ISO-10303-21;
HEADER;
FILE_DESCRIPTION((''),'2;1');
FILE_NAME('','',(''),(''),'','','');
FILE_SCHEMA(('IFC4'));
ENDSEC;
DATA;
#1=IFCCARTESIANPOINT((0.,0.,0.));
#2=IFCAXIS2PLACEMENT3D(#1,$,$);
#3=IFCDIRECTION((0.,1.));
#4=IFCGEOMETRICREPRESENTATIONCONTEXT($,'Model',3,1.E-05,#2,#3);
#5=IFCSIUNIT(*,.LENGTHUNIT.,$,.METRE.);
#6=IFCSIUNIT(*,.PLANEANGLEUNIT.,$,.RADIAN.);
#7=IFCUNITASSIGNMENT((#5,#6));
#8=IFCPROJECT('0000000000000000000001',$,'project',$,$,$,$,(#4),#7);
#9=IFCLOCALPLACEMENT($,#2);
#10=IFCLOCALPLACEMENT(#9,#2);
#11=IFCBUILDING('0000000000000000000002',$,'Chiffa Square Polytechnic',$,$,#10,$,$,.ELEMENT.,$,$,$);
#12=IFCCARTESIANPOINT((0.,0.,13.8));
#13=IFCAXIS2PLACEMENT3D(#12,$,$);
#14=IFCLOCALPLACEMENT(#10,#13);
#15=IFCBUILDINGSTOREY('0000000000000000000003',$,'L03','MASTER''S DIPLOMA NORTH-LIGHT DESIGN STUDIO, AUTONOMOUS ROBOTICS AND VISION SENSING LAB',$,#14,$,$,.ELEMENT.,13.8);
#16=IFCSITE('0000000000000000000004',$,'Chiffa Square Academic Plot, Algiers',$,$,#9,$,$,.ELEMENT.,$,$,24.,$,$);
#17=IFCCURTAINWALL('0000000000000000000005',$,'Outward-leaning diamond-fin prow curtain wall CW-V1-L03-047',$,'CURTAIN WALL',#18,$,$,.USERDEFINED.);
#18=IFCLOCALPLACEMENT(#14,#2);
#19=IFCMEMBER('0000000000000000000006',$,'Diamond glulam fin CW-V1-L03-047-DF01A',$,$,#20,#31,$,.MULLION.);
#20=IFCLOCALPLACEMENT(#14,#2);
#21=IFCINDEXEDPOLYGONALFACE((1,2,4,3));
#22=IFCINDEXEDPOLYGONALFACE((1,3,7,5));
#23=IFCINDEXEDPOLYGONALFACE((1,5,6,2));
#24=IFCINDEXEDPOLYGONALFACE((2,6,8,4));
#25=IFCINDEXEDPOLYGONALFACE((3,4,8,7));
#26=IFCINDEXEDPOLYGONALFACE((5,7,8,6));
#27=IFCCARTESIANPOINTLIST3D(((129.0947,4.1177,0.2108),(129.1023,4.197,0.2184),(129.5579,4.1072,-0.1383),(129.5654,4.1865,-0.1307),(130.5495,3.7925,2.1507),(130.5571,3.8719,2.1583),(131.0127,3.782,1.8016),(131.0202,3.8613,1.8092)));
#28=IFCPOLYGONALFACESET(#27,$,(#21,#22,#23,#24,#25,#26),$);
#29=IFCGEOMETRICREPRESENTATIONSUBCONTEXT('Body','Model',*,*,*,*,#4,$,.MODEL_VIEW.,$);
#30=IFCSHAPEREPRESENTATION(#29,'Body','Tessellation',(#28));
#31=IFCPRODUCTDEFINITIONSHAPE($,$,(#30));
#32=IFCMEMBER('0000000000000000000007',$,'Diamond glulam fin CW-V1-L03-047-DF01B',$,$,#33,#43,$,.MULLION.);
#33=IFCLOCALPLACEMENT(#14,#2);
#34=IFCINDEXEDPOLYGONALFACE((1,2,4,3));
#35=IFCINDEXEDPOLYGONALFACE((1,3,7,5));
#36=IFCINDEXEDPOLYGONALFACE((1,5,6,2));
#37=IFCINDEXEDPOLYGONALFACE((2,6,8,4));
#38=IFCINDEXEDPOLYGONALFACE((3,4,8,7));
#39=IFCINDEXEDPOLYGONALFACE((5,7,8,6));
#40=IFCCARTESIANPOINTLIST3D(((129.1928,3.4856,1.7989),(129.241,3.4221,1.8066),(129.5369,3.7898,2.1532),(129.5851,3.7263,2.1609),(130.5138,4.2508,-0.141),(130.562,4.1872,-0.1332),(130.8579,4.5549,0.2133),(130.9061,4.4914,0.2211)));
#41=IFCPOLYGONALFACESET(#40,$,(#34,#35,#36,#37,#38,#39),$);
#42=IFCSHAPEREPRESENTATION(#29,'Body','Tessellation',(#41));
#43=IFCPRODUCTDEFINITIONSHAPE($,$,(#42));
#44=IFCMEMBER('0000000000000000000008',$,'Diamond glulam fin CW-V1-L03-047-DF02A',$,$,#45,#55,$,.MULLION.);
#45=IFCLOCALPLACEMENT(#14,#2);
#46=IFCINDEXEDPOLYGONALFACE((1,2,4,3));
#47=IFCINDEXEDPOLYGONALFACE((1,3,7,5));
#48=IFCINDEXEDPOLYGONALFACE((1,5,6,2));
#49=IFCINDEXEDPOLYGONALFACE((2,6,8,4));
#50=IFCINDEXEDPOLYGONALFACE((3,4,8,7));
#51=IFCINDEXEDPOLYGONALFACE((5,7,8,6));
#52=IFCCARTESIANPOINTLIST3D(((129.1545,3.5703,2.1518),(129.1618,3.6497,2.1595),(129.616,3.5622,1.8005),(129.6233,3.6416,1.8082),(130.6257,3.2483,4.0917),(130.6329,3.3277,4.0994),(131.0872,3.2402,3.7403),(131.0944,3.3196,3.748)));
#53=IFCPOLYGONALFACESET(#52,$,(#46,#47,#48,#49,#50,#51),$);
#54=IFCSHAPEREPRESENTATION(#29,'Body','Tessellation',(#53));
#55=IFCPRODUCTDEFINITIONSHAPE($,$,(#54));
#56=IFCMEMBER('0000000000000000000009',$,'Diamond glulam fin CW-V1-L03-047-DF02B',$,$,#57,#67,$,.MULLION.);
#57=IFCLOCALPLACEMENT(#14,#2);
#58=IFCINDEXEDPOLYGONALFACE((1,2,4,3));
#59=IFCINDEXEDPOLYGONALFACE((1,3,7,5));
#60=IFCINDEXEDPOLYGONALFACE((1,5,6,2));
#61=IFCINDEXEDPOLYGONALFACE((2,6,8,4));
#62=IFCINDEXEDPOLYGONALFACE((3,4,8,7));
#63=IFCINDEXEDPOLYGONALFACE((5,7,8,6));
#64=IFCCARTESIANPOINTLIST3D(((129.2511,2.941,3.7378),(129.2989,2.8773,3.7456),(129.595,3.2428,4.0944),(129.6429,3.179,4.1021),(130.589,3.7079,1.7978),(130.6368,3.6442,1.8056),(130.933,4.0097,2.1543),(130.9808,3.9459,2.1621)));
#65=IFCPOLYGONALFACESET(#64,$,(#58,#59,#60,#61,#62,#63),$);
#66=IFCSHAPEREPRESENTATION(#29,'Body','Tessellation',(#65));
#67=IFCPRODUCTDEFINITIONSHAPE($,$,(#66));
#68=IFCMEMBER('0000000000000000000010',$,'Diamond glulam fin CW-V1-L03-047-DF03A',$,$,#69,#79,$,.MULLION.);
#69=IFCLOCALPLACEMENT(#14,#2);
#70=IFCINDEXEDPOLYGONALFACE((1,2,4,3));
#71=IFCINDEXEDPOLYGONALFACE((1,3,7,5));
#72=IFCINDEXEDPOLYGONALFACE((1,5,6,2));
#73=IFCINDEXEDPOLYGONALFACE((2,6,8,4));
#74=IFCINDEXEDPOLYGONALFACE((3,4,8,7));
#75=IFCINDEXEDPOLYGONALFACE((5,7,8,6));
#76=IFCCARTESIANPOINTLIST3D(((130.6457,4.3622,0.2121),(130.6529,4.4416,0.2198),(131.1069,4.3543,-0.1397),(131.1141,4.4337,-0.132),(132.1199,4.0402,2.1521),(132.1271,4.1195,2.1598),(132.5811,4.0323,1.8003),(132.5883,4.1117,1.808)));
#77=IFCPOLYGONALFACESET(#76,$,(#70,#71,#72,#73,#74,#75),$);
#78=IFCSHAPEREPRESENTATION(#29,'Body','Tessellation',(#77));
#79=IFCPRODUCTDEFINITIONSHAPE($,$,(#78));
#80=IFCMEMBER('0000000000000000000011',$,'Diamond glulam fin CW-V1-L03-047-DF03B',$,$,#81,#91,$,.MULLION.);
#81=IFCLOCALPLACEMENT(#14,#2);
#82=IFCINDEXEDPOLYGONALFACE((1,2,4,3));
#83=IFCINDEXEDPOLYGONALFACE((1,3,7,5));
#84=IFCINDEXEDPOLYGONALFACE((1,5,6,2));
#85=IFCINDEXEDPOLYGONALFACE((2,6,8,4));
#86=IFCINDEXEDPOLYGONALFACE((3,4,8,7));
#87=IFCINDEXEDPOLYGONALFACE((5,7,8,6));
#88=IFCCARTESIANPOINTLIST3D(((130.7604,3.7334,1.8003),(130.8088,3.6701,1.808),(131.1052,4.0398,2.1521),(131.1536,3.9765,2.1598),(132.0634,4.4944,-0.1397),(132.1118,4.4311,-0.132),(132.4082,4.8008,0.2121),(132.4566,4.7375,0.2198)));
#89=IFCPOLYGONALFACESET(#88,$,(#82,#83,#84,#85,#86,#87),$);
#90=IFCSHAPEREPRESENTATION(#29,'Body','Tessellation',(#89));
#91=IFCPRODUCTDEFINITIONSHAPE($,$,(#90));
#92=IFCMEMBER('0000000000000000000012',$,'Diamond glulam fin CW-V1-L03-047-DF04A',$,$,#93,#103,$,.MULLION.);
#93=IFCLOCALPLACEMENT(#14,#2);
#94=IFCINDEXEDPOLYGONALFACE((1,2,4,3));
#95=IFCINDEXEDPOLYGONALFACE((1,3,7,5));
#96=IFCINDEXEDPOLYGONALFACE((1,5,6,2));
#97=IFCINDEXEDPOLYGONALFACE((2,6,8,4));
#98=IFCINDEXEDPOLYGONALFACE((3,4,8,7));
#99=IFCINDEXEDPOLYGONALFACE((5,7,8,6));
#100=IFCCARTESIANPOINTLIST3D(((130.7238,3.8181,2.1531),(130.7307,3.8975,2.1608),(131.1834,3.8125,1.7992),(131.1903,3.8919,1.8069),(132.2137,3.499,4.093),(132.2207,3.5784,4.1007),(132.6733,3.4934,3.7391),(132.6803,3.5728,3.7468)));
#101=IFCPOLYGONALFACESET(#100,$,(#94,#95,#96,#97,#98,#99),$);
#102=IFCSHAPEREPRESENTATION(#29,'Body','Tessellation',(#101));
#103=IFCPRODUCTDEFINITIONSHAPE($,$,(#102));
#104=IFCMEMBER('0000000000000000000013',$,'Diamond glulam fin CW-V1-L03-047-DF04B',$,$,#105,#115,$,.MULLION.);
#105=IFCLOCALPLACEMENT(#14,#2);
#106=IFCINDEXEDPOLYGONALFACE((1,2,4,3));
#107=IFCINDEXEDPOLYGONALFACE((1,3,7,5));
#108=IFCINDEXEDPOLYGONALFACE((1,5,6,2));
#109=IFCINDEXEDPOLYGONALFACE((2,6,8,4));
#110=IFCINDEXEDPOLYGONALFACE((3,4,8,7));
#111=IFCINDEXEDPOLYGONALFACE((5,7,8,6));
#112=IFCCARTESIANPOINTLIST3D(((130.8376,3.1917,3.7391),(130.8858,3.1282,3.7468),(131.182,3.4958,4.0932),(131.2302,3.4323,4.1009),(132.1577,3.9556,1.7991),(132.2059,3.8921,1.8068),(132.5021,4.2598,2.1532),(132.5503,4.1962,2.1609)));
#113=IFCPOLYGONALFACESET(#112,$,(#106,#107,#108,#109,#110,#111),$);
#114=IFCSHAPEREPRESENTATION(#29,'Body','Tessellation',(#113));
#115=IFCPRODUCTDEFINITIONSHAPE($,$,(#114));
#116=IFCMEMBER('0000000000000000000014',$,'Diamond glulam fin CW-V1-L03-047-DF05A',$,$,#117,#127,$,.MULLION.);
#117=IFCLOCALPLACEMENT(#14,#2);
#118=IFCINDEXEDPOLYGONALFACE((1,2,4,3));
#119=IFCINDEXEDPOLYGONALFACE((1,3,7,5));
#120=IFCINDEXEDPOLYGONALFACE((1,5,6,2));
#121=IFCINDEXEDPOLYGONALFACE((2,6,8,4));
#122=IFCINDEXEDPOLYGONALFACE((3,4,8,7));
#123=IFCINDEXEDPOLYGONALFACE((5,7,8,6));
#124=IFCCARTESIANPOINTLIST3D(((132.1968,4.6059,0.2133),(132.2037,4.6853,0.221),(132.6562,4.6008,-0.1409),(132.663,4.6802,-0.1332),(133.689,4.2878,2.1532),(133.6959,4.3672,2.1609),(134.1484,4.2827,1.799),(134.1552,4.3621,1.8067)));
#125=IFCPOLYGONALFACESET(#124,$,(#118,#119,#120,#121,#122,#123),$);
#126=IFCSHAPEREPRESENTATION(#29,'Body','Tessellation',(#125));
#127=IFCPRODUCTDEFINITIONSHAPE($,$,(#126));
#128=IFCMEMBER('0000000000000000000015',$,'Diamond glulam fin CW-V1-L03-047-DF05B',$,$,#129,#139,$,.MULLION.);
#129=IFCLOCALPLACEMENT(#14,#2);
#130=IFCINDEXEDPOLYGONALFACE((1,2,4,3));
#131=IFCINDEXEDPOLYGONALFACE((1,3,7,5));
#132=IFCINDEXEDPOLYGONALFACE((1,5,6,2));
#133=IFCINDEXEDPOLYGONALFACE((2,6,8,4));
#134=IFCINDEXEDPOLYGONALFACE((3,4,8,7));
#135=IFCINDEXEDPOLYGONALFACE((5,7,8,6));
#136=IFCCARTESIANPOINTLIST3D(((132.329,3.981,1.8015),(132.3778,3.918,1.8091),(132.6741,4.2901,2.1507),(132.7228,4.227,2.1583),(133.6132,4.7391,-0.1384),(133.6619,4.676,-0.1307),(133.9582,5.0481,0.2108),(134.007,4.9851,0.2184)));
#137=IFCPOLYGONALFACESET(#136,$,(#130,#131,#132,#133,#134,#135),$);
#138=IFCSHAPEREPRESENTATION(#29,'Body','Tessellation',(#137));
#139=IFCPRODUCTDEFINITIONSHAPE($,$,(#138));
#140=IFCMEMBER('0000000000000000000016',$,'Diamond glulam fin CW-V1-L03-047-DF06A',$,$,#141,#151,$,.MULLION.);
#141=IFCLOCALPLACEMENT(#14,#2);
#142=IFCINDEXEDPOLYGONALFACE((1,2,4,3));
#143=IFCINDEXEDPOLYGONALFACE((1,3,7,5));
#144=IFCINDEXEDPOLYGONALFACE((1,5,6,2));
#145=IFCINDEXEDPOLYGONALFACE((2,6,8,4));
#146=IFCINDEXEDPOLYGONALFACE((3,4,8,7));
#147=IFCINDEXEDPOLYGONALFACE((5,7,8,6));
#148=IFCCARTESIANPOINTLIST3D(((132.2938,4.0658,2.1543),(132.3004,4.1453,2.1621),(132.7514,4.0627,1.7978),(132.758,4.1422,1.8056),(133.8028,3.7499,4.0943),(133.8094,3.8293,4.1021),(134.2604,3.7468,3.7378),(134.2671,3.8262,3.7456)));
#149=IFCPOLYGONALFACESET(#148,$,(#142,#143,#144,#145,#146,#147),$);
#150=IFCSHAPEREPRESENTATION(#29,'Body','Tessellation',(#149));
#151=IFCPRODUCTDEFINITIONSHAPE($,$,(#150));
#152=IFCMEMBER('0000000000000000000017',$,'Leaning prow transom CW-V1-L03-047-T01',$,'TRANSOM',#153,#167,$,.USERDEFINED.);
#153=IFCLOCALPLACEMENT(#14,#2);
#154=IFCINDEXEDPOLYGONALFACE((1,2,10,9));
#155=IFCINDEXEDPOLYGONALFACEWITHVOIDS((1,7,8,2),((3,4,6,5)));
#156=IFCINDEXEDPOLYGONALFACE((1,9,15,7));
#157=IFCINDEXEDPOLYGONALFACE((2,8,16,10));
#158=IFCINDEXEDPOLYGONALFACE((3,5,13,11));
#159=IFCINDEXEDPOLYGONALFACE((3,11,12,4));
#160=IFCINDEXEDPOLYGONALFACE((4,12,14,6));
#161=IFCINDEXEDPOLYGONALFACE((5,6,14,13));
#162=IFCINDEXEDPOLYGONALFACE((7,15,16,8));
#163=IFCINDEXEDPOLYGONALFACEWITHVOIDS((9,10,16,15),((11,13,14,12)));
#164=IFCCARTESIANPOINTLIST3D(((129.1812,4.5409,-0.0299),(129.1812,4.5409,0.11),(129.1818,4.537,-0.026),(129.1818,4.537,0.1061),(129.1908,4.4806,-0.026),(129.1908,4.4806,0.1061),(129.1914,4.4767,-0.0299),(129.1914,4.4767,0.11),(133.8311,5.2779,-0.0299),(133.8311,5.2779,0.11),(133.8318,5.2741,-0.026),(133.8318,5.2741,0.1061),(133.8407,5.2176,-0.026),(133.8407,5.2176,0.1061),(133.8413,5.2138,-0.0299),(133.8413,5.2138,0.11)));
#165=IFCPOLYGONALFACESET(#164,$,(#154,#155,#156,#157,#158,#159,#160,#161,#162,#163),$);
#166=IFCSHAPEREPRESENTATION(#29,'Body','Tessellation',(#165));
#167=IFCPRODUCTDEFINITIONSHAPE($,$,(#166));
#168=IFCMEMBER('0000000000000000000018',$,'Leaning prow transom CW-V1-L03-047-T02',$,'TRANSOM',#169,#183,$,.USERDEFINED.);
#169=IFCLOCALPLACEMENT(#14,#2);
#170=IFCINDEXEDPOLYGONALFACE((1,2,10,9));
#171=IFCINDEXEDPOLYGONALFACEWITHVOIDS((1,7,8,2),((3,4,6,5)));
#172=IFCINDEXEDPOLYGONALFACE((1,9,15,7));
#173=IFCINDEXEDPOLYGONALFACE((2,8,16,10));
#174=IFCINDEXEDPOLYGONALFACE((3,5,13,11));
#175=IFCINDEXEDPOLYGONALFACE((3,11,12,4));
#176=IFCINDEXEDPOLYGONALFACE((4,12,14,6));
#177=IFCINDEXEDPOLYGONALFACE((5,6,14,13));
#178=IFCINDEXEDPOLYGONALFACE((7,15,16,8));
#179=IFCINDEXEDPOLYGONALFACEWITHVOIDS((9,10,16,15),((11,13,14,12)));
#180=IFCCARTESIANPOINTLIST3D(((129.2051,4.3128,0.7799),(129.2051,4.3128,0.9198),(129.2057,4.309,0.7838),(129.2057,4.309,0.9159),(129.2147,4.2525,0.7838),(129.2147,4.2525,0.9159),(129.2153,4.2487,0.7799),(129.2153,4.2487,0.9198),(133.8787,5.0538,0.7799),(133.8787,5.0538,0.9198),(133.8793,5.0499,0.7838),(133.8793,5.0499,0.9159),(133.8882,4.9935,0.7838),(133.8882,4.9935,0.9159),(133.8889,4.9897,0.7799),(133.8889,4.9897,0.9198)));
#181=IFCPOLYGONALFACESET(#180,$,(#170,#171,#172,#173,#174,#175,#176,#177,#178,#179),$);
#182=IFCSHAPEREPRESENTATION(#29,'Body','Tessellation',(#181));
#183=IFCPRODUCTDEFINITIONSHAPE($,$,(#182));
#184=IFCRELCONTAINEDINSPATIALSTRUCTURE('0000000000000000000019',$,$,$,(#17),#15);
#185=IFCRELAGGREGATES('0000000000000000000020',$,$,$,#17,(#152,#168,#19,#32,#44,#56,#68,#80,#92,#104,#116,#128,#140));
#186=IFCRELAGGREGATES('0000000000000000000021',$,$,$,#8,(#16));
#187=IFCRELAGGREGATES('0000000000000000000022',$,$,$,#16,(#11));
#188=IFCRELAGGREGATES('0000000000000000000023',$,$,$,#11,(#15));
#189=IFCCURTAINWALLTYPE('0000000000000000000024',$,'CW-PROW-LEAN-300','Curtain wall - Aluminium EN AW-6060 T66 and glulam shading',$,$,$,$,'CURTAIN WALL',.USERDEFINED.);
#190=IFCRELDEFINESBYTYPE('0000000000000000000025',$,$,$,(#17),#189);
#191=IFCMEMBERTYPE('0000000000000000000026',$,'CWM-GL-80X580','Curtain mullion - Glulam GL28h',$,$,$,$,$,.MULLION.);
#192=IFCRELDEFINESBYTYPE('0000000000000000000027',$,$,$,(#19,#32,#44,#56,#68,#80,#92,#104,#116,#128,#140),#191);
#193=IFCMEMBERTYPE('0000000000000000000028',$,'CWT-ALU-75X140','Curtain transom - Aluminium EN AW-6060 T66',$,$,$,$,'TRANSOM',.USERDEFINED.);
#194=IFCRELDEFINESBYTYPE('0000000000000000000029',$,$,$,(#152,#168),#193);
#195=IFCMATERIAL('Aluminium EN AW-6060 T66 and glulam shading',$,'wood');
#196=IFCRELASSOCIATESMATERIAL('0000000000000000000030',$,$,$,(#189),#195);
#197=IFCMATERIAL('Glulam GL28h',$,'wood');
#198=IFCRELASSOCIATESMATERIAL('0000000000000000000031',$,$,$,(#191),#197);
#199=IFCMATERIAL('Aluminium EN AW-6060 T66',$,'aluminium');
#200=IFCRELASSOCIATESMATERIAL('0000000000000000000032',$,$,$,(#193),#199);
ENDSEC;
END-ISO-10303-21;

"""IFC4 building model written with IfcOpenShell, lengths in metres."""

from ifc_helpers import new_model, si_unit, direction, frame, origin, origin_2d, place, context, subcontext, project, spatial, rectangle, hollow_rectangle, extrude, material, material_profile, profile_set, type_object, element, aggregate, save


model = new_model("IFC4")

# Units and contexts
model_context = context("Model", 3, precision=1e-05, world=origin(), true_north=direction((0.0, 1.0)))
body_context = subcontext(model_context, "Body", "Model", "MODEL_VIEW")
ifc_project = project(units=[si_unit("LENGTHUNIT", "METRE"), si_unit("PLANEANGLEUNIT", "RADIAN")], contexts=[model_context])

# Site, building, storey
site_placement = place(None, origin())
site = spatial("IfcSite", under=ifc_project, at=site_placement, Name="Chiffa Square Academic Plot, Algiers", CompositionType="ELEMENT", RefElevation=24.0)
building_placement = place(site_placement, origin())
building = spatial("IfcBuilding", under=site, at=building_placement, Name="Chiffa Square Polytechnic", CompositionType="ELEMENT")
storey_placement = place(building_placement, frame((0.0, 0.0, 13.8)))
storey = spatial("IfcBuildingStorey", under=building, at=storey_placement, Name="L03", Description="MASTER'S DIPLOMA NORTH-LIGHT DESIGN STUDIO, AUTONOMOUS ROBOTICS AND VISION SENSING LAB", CompositionType="ELEMENT", Elevation=13.8)

# Curtain wall
ifc_material_1 = material(Name="Aluminium EN AW-6060 T66 and glulam shading", Category="wood")
ifc_material_2 = material(Name="Aluminium EN AW-6060 T66", Category="aluminium")
curtain_wall_type_1 = type_object("IfcCurtainWallType", Name="CW-PROW-LEAN-300", Description="Curtain wall - Aluminium EN AW-6060 T66 and glulam shading", ElementType="CURTAIN WALL", PredefinedType="USERDEFINED", material=ifc_material_1)
curtain_wall_1_placement = place(storey_placement, origin())
curtain_wall_1 = element("IfcCurtainWall", 1, at=curtain_wall_1_placement, inside=storey, type_object=curtain_wall_type_1, Name="Outward-leaning diamond-fin prow curtain wall CW-V1-L03-047", ObjectType="CURTAIN WALL", PredefinedType="USERDEFINED")

# Members
ifc_material_3 = material(Name="Glulam GL28h", Category="wood")
ifc_material_profile_1 = material_profile(ifc_material_3, rectangle(XDim=0.0801, YDim=0.5801, at=origin_2d()), Name="GL28h 80x580")
ifc_profile_set_1 = profile_set([ifc_material_profile_1], Name="Glulam GL28h")
member_type_1 = type_object("IfcMemberType", Name="CWM-GL-80X580", Description="Curtain mullion - Glulam GL28h", PredefinedType="MULLION", material=ifc_profile_set_1)
member_1_placement = place(storey_placement, frame((129.3301, 4.1521, 0.04), z_axis=(0.594644, -0.132919, 0.792925), x_axis=(0.094405, 0.99096, 0.095318)))
member_1 = element("IfcMember", 2, at=member_1_placement, type_object=member_type_1, Name="Diamond glulam fin CW-V1-L03-047-DF01A", PredefinedType="MULLION", context=body_context, shape_type="SweptSolid", body=[
    extrude(rectangle(XDim=0.0801, YDim=0.5801, at=origin_2d()), origin(), (0.0, 0.0, 1.0), 2.4465),
])
member_2_placement = place(storey_placement, frame((130.71, 4.3711, 0.04), z_axis=(-0.53514, -0.309948, 0.785848), x_axis=(0.601402, -0.793068, 0.096742)))
member_2 = element("IfcMember", 3, at=member_2_placement, type_object=member_type_1, Name="Diamond glulam fin CW-V1-L03-047-DF01B", PredefinedType="MULLION", context=body_context, shape_type="SweptSolid", body=[
    extrude(rectangle(XDim=0.0801, YDim=0.5801, at=origin_2d()), origin(), (0.0, 0.0, 1.0), 2.4685),
])
member_3_placement = place(storey_placement, frame((129.3889, 3.606, 1.98), z_axis=(0.599042, -0.131121, 0.789909), x_axis=(0.090479, 0.991267, 0.095929)))
member_3 = element("IfcMember", 4, at=member_3_placement, type_object=member_type_1, Name="Diamond glulam fin CW-V1-L03-047-DF02A", PredefinedType="MULLION", context=body_context, shape_type="SweptSolid", body=[
    extrude(rectangle(XDim=0.0801, YDim=0.5801, at=origin_2d()), origin(), (0.0, 0.0, 1.0), 2.4558),
])
member_4_placement = place(storey_placement, frame((130.7849, 3.8269, 1.98), z_axis=(-0.539868, -0.309439, 0.782809), x_axis=(0.597402, -0.796012, 0.097343)))
member_4 = element("IfcMember", 5, at=member_4_placement, type_object=member_type_1, Name="Diamond glulam fin CW-V1-L03-047-DF02B", PredefinedType="MULLION", context=body_context, shape_type="SweptSolid", body=[
    extrude(rectangle(XDim=0.0801, YDim=0.5801, at=origin_2d()), origin(), (0.0, 0.0, 1.0), 2.4783),
])
member_5_placement = place(storey_placement, frame((130.8799, 4.3979, 0.04), z_axis=(0.599806, -0.131028, 0.789344), x_axis=(0.090154, 0.991286, 0.096043)))
member_5 = element("IfcMember", 6, at=member_5_placement, type_object=member_type_1, Name="Diamond glulam fin CW-V1-L03-047-DF03A", PredefinedType="MULLION", context=body_context, shape_type="SweptSolid", body=[
    extrude(rectangle(XDim=0.0801, YDim=0.5801, at=origin_2d()), origin(), (0.0, 0.0, 1.0), 2.4578),
])
member_6_placement = place(storey_placement, frame((132.26, 4.616, 0.04), z_axis=(-0.530165, -0.309635, 0.789336), x_axis=(0.604741, -0.79061, 0.096045)))
member_6 = element("IfcMember", 7, at=member_6_placement, type_object=member_type_1, Name="Diamond glulam fin CW-V1-L03-047-DF03B", PredefinedType="MULLION", context=body_context, shape_type="SweptSolid", body=[
    extrude(rectangle(XDim=0.0801, YDim=0.5801, at=origin_2d()), origin(), (0.0, 0.0, 1.0), 2.4578),
])
member_7_placement = place(storey_placement, frame((130.957, 3.855, 1.98), z_axis=(0.604009, -0.129353, 0.78641), x_axis=(0.086537, 0.991551, 0.09663)))
member_7 = element("IfcMember", 8, at=member_7_placement, type_object=member_type_1, Name="Diamond glulam fin CW-V1-L03-047-DF04A", PredefinedType="MULLION", context=body_context, shape_type="SweptSolid", body=[
    extrude(rectangle(XDim=0.0801, YDim=0.5801, at=origin_2d()), origin(), (0.0, 0.0, 1.0), 2.4668),
])
member_8_placement = place(storey_placement, frame((132.354, 4.0759, 1.98), z_axis=(-0.53494, -0.309567, 0.786135), x_axis=(0.601146, -0.793269, 0.096685)))
member_8 = element("IfcMember", 9, at=member_8_placement, type_object=member_type_1, Name="Diamond glulam fin CW-V1-L03-047-DF04B", PredefinedType="MULLION", context=body_context, shape_type="SweptSolid", body=[
    extrude(rectangle(XDim=0.0801, YDim=0.5801, at=origin_2d()), origin(), (0.0, 0.0, 1.0), 2.4678),
])
member_9_placement = place(storey_placement, frame((132.4299, 4.6431, 0.04), z_axis=(0.604606, -0.128894, 0.786027), x_axis=(0.085675, 0.991619, 0.096707)))
member_9 = element("IfcMember", 10, at=member_9_placement, type_object=member_type_1, Name="Diamond glulam fin CW-V1-L03-047-DF05A", PredefinedType="MULLION", context=body_context, shape_type="SweptSolid", body=[
    extrude(rectangle(XDim=0.0801, YDim=0.5801, at=origin_2d()), origin(), (0.0, 0.0, 1.0), 2.468),
])
member_10_placement = place(storey_placement, frame((133.8101, 4.8621, 0.04), z_axis=(-0.524827, -0.309808, 0.792828), x_axis=(0.60889, -0.787505, 0.095338)))
member_10 = element("IfcMember", 11, at=member_10_placement, type_object=member_type_1, Name="Diamond glulam fin CW-V1-L03-047-DF05B", PredefinedType="MULLION", context=body_context, shape_type="SweptSolid", body=[
    extrude(rectangle(XDim=0.0801, YDim=0.5801, at=origin_2d()), origin(), (0.0, 0.0, 1.0), 2.4468),
])
member_11_placement = place(storey_placement, frame((132.5259, 4.104, 1.98), z_axis=(0.608978, -0.12749, 0.782874), x_axis=(0.082516, 0.991825, 0.09733)))
member_11 = element("IfcMember", 12, at=member_11_placement, type_object=member_type_1, Name="Diamond glulam fin CW-V1-L03-047-DF06A", PredefinedType="MULLION", context=body_context, shape_type="SweptSolid", body=[
    extrude(rectangle(XDim=0.0801, YDim=0.5801, at=origin_2d()), origin(), (0.0, 0.0, 1.0), 2.478),
])
ifc_material_profile_2 = material_profile(ifc_material_2, hollow_rectangle(XDim=0.0649, YDim=0.1399, WallThickness=0.0039, at=origin_2d()), Name="ALU 65x140x4")
ifc_profile_set_2 = profile_set([ifc_material_profile_2], Name="Aluminium EN AW-6060 T66")
member_type_2 = type_object("IfcMemberType", Name="CWT-ALU-75X140", Description="Curtain transom - Aluminium EN AW-6060 T66", ElementType="TRANSOM", PredefinedType="USERDEFINED", material=ifc_profile_set_2)
member_12_placement = place(storey_placement, frame((129.1863, 4.5088, 0.04), z_axis=(0.987669, 0.156556, 0.0), x_axis=(-0.156556, 0.987669, 0.0)))
member_12 = element("IfcMember", 13, at=member_12_placement, type_object=member_type_2, Name="Leaning prow transom CW-V1-L03-047-T01", ObjectType="TRANSOM", PredefinedType="USERDEFINED", context=body_context, shape_type="SweptSolid", body=[
    extrude(hollow_rectangle(XDim=0.0649, YDim=0.1399, WallThickness=0.0039, at=origin_2d()), origin(), (0.0, 0.0, 1.0), 4.708),
])
member_13_placement = place(storey_placement, frame((129.2102, 4.2808, 0.8499), z_axis=(0.987664, 0.156588, 0.0), x_axis=(-0.156588, 0.987664, 0.0)))
member_13 = element("IfcMember", 14, at=member_13_placement, type_object=member_type_2, Name="Leaning prow transom CW-V1-L03-047-T02", ObjectType="TRANSOM", PredefinedType="USERDEFINED", context=body_context, shape_type="SweptSolid", body=[
    extrude(hollow_rectangle(XDim=0.0649, YDim=0.1399, WallThickness=0.0039, at=origin_2d()), origin(), (0.0, 0.0, 1.0), 4.7319),
])

aggregate(curtain_wall_1, [member_12, member_13, member_1, member_2, member_3, member_4, member_5, member_6, member_7, member_8, member_9, member_10, member_11])

save(model, "model.ifc")
